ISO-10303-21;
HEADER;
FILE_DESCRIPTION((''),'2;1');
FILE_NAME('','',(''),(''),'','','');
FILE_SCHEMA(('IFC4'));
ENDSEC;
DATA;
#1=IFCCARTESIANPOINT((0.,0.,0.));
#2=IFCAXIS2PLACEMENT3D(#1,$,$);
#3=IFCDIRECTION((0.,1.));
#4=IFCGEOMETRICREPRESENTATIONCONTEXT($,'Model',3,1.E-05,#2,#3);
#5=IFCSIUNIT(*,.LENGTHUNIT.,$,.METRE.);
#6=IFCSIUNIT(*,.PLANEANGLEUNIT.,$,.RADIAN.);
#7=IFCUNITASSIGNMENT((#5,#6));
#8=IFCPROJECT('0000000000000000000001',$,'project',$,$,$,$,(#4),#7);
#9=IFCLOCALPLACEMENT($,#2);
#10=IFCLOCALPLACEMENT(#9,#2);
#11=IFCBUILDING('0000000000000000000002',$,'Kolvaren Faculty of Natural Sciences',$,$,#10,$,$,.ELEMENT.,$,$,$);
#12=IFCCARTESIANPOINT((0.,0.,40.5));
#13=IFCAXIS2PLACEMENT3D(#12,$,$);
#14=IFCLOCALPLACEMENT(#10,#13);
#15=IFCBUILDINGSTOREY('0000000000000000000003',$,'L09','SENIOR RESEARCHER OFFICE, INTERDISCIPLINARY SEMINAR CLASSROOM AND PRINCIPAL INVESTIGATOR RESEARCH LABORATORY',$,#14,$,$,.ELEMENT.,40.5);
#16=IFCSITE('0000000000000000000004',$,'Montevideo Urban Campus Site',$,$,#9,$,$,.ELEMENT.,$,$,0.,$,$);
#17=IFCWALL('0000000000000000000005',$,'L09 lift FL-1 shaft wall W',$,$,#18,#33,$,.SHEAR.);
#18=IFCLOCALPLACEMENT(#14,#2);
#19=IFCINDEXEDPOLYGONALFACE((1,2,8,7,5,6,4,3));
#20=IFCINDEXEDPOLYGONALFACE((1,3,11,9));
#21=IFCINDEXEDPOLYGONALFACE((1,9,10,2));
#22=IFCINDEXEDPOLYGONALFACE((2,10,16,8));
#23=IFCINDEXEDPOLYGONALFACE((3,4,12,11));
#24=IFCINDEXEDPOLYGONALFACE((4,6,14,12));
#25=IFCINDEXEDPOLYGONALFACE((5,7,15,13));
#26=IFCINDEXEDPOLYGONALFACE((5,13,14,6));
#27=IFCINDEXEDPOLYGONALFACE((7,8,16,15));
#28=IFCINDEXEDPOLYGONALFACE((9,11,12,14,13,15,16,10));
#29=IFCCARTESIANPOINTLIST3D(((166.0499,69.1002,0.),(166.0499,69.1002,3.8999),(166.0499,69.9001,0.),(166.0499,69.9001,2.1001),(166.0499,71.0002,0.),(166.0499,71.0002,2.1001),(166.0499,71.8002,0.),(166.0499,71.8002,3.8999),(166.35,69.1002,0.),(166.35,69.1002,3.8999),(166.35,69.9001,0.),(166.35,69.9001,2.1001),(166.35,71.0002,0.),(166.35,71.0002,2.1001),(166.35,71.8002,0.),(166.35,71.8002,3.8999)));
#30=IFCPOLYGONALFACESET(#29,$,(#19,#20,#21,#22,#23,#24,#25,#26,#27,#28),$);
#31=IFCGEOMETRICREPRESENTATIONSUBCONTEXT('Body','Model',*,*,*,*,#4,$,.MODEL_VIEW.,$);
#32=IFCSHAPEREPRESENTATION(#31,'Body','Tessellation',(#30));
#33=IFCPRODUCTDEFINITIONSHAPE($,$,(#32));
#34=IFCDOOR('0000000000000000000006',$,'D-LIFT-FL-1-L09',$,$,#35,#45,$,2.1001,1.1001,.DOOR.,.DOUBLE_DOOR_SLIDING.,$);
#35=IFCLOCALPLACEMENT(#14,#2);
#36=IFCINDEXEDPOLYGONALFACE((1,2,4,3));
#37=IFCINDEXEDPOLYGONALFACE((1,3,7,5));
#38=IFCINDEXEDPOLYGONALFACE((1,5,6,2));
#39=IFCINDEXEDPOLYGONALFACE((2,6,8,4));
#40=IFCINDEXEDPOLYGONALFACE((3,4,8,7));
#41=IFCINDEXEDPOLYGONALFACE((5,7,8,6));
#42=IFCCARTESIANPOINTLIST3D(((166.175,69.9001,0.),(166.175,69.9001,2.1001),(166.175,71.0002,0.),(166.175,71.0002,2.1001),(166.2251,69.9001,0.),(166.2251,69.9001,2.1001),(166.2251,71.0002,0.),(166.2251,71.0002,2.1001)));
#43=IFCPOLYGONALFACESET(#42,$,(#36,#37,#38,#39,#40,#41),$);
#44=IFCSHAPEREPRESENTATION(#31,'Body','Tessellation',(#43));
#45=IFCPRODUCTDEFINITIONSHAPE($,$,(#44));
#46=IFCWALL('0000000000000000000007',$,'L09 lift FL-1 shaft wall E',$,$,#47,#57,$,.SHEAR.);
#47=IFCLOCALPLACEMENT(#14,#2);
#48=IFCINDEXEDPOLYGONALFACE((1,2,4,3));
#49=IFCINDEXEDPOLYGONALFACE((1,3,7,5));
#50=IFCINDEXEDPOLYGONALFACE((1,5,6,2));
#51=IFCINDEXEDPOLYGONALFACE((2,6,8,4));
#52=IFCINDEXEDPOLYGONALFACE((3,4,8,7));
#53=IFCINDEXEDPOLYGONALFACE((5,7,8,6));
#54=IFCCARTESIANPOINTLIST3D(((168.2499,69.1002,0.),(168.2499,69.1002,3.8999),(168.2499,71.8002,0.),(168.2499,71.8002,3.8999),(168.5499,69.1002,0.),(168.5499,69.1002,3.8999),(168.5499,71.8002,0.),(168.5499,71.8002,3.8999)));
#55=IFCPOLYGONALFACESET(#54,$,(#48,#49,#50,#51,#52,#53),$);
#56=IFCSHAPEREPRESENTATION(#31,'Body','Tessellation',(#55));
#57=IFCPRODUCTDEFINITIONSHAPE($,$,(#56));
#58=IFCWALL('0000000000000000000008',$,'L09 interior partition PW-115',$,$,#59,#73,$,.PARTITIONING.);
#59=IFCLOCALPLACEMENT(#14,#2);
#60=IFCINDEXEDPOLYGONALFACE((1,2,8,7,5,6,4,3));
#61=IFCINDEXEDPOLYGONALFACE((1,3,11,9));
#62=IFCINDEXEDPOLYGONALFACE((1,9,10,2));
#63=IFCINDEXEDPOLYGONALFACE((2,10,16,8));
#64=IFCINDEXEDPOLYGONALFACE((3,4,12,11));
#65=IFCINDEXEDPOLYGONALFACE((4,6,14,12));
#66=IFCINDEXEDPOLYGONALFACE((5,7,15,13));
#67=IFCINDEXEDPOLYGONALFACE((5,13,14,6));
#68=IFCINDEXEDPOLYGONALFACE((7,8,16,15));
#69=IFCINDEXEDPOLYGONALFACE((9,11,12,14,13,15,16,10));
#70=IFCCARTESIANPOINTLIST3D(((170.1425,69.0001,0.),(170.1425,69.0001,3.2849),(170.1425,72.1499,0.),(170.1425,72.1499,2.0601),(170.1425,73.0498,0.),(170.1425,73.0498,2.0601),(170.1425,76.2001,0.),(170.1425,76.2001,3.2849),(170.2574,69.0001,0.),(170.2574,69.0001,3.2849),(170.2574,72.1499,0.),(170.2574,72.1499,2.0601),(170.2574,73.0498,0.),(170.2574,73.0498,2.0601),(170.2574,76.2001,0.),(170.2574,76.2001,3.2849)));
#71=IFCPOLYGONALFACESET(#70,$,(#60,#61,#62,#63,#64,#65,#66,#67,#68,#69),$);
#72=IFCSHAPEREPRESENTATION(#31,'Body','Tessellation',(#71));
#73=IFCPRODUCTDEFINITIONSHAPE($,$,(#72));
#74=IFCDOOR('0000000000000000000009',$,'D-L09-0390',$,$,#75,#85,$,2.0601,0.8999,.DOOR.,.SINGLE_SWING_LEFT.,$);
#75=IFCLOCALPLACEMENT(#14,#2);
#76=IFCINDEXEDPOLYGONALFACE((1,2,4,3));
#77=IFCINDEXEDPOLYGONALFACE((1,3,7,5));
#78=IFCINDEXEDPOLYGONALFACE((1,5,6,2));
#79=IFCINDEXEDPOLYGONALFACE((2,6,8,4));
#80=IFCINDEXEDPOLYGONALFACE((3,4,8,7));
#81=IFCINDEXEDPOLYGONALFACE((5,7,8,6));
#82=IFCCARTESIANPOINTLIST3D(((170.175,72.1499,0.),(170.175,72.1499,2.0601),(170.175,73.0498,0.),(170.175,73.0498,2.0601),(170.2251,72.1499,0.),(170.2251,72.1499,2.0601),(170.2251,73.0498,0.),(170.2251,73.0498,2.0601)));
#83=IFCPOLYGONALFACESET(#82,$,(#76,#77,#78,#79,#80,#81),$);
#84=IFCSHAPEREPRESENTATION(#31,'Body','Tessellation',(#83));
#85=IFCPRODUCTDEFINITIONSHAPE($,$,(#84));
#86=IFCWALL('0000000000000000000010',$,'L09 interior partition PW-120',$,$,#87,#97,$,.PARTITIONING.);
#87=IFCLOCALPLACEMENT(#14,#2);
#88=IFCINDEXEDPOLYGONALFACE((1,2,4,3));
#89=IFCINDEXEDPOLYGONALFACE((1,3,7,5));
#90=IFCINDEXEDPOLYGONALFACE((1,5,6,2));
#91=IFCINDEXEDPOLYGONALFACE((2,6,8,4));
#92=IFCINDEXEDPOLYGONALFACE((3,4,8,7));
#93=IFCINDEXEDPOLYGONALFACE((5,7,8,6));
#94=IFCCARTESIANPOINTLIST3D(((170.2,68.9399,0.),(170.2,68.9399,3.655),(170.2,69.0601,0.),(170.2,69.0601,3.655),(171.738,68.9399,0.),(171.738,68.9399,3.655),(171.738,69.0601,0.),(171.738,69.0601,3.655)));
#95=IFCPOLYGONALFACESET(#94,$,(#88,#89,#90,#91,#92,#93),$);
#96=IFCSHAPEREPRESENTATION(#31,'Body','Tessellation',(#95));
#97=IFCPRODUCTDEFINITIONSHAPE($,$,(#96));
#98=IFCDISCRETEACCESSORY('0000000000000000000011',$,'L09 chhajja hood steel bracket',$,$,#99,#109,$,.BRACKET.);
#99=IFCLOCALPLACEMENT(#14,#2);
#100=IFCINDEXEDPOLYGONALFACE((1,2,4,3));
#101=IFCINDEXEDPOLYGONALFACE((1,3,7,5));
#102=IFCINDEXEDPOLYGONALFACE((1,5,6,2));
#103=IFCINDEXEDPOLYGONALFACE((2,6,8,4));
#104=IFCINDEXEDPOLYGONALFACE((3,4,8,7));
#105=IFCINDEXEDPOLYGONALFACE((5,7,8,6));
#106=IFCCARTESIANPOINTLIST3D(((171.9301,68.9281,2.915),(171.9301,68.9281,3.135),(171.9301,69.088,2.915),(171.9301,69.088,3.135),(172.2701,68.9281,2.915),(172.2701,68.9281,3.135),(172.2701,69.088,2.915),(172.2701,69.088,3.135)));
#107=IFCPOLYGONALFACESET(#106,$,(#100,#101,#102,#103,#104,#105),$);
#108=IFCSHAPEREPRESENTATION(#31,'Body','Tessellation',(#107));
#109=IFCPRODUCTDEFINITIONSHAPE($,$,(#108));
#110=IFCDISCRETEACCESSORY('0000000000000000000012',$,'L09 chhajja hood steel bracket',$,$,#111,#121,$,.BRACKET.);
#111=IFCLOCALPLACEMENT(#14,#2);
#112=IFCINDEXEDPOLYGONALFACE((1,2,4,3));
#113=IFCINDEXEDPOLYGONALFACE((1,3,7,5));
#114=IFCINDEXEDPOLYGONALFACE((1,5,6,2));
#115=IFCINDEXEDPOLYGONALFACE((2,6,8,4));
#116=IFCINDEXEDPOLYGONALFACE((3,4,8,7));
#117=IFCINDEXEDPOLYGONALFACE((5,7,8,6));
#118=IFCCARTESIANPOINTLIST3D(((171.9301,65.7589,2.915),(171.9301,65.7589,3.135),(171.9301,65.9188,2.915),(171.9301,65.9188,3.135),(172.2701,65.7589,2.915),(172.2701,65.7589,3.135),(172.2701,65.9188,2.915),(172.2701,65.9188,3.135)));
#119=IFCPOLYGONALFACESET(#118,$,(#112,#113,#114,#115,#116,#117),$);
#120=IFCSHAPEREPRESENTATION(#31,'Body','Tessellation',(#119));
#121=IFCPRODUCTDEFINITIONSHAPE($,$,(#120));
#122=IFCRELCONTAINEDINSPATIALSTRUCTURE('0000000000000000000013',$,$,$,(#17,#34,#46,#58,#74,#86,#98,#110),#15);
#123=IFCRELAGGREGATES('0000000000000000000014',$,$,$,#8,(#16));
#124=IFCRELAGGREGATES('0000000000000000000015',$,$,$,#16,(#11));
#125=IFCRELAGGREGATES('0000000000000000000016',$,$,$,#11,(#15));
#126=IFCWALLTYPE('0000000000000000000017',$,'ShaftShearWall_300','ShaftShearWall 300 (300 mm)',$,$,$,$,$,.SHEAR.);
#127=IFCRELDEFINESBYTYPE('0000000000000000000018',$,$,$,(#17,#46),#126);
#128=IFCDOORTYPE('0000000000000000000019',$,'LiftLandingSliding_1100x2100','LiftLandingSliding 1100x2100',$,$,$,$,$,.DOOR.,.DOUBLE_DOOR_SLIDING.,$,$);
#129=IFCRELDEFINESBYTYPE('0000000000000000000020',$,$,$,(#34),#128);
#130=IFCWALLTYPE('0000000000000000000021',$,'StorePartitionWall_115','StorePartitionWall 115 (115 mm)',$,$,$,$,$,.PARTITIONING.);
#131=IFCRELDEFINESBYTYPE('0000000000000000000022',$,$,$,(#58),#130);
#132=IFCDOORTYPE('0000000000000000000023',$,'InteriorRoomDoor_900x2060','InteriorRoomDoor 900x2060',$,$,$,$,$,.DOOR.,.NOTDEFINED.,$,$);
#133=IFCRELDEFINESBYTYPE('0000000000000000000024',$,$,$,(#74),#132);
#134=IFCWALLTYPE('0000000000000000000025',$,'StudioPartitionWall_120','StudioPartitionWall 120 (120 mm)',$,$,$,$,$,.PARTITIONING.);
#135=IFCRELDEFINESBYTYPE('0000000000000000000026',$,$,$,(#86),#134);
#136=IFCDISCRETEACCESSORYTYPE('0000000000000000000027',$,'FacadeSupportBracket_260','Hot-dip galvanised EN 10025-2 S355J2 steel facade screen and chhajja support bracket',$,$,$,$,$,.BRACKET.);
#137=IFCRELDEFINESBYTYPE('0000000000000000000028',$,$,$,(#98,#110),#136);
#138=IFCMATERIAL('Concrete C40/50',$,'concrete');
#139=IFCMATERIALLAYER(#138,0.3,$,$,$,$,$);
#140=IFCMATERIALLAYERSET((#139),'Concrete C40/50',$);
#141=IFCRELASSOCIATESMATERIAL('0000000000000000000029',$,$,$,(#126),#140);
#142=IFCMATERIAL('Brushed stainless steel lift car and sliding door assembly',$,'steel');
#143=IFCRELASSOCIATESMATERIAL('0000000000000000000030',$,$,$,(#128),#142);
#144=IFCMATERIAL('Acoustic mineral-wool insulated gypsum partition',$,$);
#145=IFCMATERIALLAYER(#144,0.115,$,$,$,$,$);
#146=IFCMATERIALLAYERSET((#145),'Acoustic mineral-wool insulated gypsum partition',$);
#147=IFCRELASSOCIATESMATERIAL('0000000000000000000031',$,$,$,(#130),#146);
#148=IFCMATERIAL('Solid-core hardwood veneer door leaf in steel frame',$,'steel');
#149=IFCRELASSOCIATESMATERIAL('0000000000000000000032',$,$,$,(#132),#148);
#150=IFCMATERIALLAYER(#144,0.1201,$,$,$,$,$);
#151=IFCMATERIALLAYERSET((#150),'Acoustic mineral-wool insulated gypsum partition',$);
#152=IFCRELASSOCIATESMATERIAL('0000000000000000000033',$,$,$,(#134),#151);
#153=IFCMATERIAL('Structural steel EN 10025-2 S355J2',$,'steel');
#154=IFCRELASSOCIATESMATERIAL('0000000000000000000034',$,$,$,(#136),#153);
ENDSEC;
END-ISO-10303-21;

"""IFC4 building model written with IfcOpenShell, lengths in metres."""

from ifc_helpers import new_model, si_unit, direction, frame, frame_2d, origin, origin_2d, place, context, subcontext, project, spatial, rectangle, extrude, material, layer, layer_set, type_object, element, fill, save


model = new_model("IFC4")

# Units and contexts
model_context = context("Model", 3, precision=1e-05, world=origin(), true_north=direction((0.0, 1.0)))
body_context = subcontext(model_context, "Body", "Model", "MODEL_VIEW")
ifc_project = project(units=[si_unit("LENGTHUNIT", "METRE"), si_unit("PLANEANGLEUNIT", "RADIAN")], contexts=[model_context])

# Site, building, storey
site_placement = place(None, origin())
site = spatial("IfcSite", under=ifc_project, at=site_placement, Name="Montevideo Urban Campus Site", CompositionType="ELEMENT", RefElevation=0.0)
building_placement = place(site_placement, origin())
building = spatial("IfcBuilding", under=site, at=building_placement, Name="Kolvaren Faculty of Natural Sciences", CompositionType="ELEMENT")
storey_placement = place(building_placement, frame((0.0, 0.0, 40.5)))
storey = spatial("IfcBuildingStorey", under=building, at=storey_placement, Name="L09", Description="SENIOR RESEARCHER OFFICE, INTERDISCIPLINARY SEMINAR CLASSROOM AND PRINCIPAL INVESTIGATOR RESEARCH LABORATORY", CompositionType="ELEMENT", Elevation=40.5)

# Shared definitions
ifc_material_1 = material(Name="Acoustic mineral-wool insulated gypsum partition")
ifc_material_2 = material(Name="Concrete C40/50", Category="concrete")
ifc_layer_1 = layer(ifc_material_2, 0.3)
ifc_layer_set_1 = layer_set([ifc_layer_1], Name="Concrete C40/50")
wall_type_1 = type_object("IfcWallType", Name="ShaftShearWall_300", Description="ShaftShearWall 300 (300 mm)", PredefinedType="SHEAR", material=ifc_layer_set_1)

# Wall, opening, door
wall_1_placement = place(storey_placement, frame((166.2, 69.1001, 0.0), z_axis=(0.0, 0.0, 1.0), x_axis=(0.0, 1.0, 0.0)))
wall_1 = element("IfcWall", 1, at=wall_1_placement, inside=storey, type_object=wall_type_1, Name="L09 lift FL-1 shaft wall W", PredefinedType="SHEAR", context=body_context, shape_type="SweptSolid", body=[
    extrude(rectangle(XDim=2.7, YDim=0.3, at=frame_2d((1.3501, 0.0))), origin(), (0.0, 0.0, 1.0), 3.8999),
])
opening_1_placement = place(wall_1_placement, frame((0.8, 0.0, 0.0)))
opening_1 = element("IfcOpeningElement", 2, at=opening_1_placement, cuts=wall_1, PredefinedType="OPENING", context=body_context, shape_type="SweptSolid", body=[
    extrude(rectangle(XDim=1.1001, YDim=2.1001, at=frame_2d((0.55, 1.05))), frame((0.0, 0.1599, 0.0), z_axis=(0.0, -1.0, 0.0), x_axis=(1.0, 0.0, 0.0)), (0.0, 0.0, 1.0), 0.3201),
])
ifc_material_3 = material(Name="Brushed stainless steel lift car and sliding door assembly", Category="steel")
door_type_1 = type_object("IfcDoorType", Name="LiftLandingSliding_1100x2100", Description="LiftLandingSliding 1100x2100", OperationType="DOUBLE_DOOR_SLIDING", PredefinedType="DOOR", material=ifc_material_3)
door_1_placement = place(opening_1_placement, origin())
door_1 = element("IfcDoor", 3, at=door_1_placement, inside=storey, type_object=door_type_1, Name="D-LIFT-FL-1-L09", OperationType="DOUBLE_DOOR_SLIDING", OverallHeight=2.1001, OverallWidth=1.1001, PredefinedType="DOOR", context=body_context, shape_type="SweptSolid", body=[
    extrude(rectangle(XDim=1.1001, YDim=2.1001, at=frame_2d((0.55, 1.05))), frame((0.0, 0.0249, 0.0), z_axis=(0.0, -1.0, 0.0), x_axis=(1.0, 0.0, 0.0)), (0.0, 0.0, 1.0), 0.05),
])
fill(opening_1, door_1)

# Wall
wall_2_placement = place(storey_placement, frame((168.3999, 69.1001, 0.0), z_axis=(0.0, 0.0, 1.0), x_axis=(0.0, 1.0, 0.0)))
element("IfcWall", 4, at=wall_2_placement, inside=storey, type_object=wall_type_1, Name="L09 lift FL-1 shaft wall E", PredefinedType="SHEAR", context=body_context, shape_type="SweptSolid", body=[
    extrude(rectangle(XDim=2.7, YDim=0.3, at=frame_2d((1.3501, 0.0))), origin(), (0.0, 0.0, 1.0), 3.8999),
])

# Wall, opening, door
ifc_layer_2 = layer(ifc_material_1, 0.115)
ifc_layer_set_2 = layer_set([ifc_layer_2], Name="Acoustic mineral-wool insulated gypsum partition")
wall_type_2 = type_object("IfcWallType", Name="StorePartitionWall_115", Description="StorePartitionWall 115 (115 mm)", PredefinedType="PARTITIONING", material=ifc_layer_set_2)
wall_3_placement = place(storey_placement, frame((170.2, 69.0, 0.0), z_axis=(0.0, 0.0, 1.0), x_axis=(0.0, 1.0, 0.0)))
wall_3 = element("IfcWall", 5, at=wall_3_placement, inside=storey, type_object=wall_type_2, Name="L09 interior partition PW-115", PredefinedType="PARTITIONING", context=body_context, shape_type="SweptSolid", body=[
    extrude(rectangle(XDim=7.2, YDim=0.115, at=frame_2d((3.6001, 0.0))), origin(), (0.0, 0.0, 1.0), 3.2849),
])
opening_2_placement = place(wall_3_placement, frame((3.1499, 0.0, 0.0)))
opening_2 = element("IfcOpeningElement", 6, at=opening_2_placement, cuts=wall_3, PredefinedType="OPENING", context=body_context, shape_type="SweptSolid", body=[
    extrude(rectangle(XDim=0.8999, YDim=2.0601, at=frame_2d((0.45, 1.03))), frame((0.0, 0.0674, 0.0), z_axis=(0.0, -1.0, 0.0), x_axis=(1.0, 0.0, 0.0)), (0.0, 0.0, 1.0), 0.135),
])
ifc_material_4 = material(Name="Solid-core hardwood veneer door leaf in steel frame", Category="steel")
door_type_2 = type_object("IfcDoorType", Name="InteriorRoomDoor_900x2060", Description="InteriorRoomDoor 900x2060", OperationType="NOTDEFINED", PredefinedType="DOOR", material=ifc_material_4)
door_2_placement = place(opening_2_placement, origin())
door_2 = element("IfcDoor", 7, at=door_2_placement, inside=storey, type_object=door_type_2, Name="D-L09-0390", OperationType="SINGLE_SWING_LEFT", OverallHeight=2.0601, OverallWidth=0.8999, PredefinedType="DOOR", context=body_context, shape_type="SweptSolid", body=[
    extrude(rectangle(XDim=0.8999, YDim=2.0601, at=frame_2d((0.45, 1.03))), frame((0.0, 0.0249, 0.0), z_axis=(0.0, -1.0, 0.0), x_axis=(1.0, 0.0, 0.0)), (0.0, 0.0, 1.0), 0.05),
])
fill(opening_2, door_2)

# Wall
ifc_layer_3 = layer(ifc_material_1, 0.1201)
ifc_layer_set_3 = layer_set([ifc_layer_3], Name="Acoustic mineral-wool insulated gypsum partition")
wall_type_3 = type_object("IfcWallType", Name="StudioPartitionWall_120", Description="StudioPartitionWall 120 (120 mm)", PredefinedType="PARTITIONING", material=ifc_layer_set_3)
wall_4_placement = place(storey_placement, frame((170.2, 69.0, 0.0), z_axis=(0.0, 0.0, 1.0), x_axis=(1.0, 0.0, 0.0)))
element("IfcWall", 8, at=wall_4_placement, inside=storey, type_object=wall_type_3, Name="L09 interior partition PW-120", PredefinedType="PARTITIONING", context=body_context, shape_type="SweptSolid", body=[
    extrude(rectangle(XDim=1.5381, YDim=0.1201, at=frame_2d((0.769, 0.0))), origin(), (0.0, 0.0, 1.0), 3.655),
])

# Discrete accessories
ifc_material_5 = material(Name="Structural steel EN 10025-2 S355J2", Category="steel")
discrete_accessory_type = type_object("IfcDiscreteAccessoryType", Name="FacadeSupportBracket_260", Description="Hot-dip galvanised EN 10025-2 S355J2 steel facade screen and chhajja support bracket", PredefinedType="BRACKET", material=ifc_material_5)
for number, where, z_axis, x_axis, name in (
    (9, (172.1001, 69.0081, 2.915), (0.0, 0.0, 1.0), (0.0, -1.0, 0.0), "L09 chhajja hood steel bracket"),
    (10, (172.1001, 65.8389, 2.915), (0.0, 0.0, 1.0), (0.0, -1.0, 0.0), "L09 chhajja hood steel bracket"),
):
    element("IfcDiscreteAccessory", number, at=place(storey_placement, frame(where, z_axis=z_axis, x_axis=x_axis)), inside=storey, type_object=discrete_accessory_type, Name=name, PredefinedType="BRACKET", context=body_context, shape_type="SweptSolid", body=[
        extrude(rectangle(XDim=0.1599, YDim=0.3401, at=origin_2d()), origin(), (0.0, 0.0, 1.0), 0.22),
    ])

save(model, "model.ifc")
